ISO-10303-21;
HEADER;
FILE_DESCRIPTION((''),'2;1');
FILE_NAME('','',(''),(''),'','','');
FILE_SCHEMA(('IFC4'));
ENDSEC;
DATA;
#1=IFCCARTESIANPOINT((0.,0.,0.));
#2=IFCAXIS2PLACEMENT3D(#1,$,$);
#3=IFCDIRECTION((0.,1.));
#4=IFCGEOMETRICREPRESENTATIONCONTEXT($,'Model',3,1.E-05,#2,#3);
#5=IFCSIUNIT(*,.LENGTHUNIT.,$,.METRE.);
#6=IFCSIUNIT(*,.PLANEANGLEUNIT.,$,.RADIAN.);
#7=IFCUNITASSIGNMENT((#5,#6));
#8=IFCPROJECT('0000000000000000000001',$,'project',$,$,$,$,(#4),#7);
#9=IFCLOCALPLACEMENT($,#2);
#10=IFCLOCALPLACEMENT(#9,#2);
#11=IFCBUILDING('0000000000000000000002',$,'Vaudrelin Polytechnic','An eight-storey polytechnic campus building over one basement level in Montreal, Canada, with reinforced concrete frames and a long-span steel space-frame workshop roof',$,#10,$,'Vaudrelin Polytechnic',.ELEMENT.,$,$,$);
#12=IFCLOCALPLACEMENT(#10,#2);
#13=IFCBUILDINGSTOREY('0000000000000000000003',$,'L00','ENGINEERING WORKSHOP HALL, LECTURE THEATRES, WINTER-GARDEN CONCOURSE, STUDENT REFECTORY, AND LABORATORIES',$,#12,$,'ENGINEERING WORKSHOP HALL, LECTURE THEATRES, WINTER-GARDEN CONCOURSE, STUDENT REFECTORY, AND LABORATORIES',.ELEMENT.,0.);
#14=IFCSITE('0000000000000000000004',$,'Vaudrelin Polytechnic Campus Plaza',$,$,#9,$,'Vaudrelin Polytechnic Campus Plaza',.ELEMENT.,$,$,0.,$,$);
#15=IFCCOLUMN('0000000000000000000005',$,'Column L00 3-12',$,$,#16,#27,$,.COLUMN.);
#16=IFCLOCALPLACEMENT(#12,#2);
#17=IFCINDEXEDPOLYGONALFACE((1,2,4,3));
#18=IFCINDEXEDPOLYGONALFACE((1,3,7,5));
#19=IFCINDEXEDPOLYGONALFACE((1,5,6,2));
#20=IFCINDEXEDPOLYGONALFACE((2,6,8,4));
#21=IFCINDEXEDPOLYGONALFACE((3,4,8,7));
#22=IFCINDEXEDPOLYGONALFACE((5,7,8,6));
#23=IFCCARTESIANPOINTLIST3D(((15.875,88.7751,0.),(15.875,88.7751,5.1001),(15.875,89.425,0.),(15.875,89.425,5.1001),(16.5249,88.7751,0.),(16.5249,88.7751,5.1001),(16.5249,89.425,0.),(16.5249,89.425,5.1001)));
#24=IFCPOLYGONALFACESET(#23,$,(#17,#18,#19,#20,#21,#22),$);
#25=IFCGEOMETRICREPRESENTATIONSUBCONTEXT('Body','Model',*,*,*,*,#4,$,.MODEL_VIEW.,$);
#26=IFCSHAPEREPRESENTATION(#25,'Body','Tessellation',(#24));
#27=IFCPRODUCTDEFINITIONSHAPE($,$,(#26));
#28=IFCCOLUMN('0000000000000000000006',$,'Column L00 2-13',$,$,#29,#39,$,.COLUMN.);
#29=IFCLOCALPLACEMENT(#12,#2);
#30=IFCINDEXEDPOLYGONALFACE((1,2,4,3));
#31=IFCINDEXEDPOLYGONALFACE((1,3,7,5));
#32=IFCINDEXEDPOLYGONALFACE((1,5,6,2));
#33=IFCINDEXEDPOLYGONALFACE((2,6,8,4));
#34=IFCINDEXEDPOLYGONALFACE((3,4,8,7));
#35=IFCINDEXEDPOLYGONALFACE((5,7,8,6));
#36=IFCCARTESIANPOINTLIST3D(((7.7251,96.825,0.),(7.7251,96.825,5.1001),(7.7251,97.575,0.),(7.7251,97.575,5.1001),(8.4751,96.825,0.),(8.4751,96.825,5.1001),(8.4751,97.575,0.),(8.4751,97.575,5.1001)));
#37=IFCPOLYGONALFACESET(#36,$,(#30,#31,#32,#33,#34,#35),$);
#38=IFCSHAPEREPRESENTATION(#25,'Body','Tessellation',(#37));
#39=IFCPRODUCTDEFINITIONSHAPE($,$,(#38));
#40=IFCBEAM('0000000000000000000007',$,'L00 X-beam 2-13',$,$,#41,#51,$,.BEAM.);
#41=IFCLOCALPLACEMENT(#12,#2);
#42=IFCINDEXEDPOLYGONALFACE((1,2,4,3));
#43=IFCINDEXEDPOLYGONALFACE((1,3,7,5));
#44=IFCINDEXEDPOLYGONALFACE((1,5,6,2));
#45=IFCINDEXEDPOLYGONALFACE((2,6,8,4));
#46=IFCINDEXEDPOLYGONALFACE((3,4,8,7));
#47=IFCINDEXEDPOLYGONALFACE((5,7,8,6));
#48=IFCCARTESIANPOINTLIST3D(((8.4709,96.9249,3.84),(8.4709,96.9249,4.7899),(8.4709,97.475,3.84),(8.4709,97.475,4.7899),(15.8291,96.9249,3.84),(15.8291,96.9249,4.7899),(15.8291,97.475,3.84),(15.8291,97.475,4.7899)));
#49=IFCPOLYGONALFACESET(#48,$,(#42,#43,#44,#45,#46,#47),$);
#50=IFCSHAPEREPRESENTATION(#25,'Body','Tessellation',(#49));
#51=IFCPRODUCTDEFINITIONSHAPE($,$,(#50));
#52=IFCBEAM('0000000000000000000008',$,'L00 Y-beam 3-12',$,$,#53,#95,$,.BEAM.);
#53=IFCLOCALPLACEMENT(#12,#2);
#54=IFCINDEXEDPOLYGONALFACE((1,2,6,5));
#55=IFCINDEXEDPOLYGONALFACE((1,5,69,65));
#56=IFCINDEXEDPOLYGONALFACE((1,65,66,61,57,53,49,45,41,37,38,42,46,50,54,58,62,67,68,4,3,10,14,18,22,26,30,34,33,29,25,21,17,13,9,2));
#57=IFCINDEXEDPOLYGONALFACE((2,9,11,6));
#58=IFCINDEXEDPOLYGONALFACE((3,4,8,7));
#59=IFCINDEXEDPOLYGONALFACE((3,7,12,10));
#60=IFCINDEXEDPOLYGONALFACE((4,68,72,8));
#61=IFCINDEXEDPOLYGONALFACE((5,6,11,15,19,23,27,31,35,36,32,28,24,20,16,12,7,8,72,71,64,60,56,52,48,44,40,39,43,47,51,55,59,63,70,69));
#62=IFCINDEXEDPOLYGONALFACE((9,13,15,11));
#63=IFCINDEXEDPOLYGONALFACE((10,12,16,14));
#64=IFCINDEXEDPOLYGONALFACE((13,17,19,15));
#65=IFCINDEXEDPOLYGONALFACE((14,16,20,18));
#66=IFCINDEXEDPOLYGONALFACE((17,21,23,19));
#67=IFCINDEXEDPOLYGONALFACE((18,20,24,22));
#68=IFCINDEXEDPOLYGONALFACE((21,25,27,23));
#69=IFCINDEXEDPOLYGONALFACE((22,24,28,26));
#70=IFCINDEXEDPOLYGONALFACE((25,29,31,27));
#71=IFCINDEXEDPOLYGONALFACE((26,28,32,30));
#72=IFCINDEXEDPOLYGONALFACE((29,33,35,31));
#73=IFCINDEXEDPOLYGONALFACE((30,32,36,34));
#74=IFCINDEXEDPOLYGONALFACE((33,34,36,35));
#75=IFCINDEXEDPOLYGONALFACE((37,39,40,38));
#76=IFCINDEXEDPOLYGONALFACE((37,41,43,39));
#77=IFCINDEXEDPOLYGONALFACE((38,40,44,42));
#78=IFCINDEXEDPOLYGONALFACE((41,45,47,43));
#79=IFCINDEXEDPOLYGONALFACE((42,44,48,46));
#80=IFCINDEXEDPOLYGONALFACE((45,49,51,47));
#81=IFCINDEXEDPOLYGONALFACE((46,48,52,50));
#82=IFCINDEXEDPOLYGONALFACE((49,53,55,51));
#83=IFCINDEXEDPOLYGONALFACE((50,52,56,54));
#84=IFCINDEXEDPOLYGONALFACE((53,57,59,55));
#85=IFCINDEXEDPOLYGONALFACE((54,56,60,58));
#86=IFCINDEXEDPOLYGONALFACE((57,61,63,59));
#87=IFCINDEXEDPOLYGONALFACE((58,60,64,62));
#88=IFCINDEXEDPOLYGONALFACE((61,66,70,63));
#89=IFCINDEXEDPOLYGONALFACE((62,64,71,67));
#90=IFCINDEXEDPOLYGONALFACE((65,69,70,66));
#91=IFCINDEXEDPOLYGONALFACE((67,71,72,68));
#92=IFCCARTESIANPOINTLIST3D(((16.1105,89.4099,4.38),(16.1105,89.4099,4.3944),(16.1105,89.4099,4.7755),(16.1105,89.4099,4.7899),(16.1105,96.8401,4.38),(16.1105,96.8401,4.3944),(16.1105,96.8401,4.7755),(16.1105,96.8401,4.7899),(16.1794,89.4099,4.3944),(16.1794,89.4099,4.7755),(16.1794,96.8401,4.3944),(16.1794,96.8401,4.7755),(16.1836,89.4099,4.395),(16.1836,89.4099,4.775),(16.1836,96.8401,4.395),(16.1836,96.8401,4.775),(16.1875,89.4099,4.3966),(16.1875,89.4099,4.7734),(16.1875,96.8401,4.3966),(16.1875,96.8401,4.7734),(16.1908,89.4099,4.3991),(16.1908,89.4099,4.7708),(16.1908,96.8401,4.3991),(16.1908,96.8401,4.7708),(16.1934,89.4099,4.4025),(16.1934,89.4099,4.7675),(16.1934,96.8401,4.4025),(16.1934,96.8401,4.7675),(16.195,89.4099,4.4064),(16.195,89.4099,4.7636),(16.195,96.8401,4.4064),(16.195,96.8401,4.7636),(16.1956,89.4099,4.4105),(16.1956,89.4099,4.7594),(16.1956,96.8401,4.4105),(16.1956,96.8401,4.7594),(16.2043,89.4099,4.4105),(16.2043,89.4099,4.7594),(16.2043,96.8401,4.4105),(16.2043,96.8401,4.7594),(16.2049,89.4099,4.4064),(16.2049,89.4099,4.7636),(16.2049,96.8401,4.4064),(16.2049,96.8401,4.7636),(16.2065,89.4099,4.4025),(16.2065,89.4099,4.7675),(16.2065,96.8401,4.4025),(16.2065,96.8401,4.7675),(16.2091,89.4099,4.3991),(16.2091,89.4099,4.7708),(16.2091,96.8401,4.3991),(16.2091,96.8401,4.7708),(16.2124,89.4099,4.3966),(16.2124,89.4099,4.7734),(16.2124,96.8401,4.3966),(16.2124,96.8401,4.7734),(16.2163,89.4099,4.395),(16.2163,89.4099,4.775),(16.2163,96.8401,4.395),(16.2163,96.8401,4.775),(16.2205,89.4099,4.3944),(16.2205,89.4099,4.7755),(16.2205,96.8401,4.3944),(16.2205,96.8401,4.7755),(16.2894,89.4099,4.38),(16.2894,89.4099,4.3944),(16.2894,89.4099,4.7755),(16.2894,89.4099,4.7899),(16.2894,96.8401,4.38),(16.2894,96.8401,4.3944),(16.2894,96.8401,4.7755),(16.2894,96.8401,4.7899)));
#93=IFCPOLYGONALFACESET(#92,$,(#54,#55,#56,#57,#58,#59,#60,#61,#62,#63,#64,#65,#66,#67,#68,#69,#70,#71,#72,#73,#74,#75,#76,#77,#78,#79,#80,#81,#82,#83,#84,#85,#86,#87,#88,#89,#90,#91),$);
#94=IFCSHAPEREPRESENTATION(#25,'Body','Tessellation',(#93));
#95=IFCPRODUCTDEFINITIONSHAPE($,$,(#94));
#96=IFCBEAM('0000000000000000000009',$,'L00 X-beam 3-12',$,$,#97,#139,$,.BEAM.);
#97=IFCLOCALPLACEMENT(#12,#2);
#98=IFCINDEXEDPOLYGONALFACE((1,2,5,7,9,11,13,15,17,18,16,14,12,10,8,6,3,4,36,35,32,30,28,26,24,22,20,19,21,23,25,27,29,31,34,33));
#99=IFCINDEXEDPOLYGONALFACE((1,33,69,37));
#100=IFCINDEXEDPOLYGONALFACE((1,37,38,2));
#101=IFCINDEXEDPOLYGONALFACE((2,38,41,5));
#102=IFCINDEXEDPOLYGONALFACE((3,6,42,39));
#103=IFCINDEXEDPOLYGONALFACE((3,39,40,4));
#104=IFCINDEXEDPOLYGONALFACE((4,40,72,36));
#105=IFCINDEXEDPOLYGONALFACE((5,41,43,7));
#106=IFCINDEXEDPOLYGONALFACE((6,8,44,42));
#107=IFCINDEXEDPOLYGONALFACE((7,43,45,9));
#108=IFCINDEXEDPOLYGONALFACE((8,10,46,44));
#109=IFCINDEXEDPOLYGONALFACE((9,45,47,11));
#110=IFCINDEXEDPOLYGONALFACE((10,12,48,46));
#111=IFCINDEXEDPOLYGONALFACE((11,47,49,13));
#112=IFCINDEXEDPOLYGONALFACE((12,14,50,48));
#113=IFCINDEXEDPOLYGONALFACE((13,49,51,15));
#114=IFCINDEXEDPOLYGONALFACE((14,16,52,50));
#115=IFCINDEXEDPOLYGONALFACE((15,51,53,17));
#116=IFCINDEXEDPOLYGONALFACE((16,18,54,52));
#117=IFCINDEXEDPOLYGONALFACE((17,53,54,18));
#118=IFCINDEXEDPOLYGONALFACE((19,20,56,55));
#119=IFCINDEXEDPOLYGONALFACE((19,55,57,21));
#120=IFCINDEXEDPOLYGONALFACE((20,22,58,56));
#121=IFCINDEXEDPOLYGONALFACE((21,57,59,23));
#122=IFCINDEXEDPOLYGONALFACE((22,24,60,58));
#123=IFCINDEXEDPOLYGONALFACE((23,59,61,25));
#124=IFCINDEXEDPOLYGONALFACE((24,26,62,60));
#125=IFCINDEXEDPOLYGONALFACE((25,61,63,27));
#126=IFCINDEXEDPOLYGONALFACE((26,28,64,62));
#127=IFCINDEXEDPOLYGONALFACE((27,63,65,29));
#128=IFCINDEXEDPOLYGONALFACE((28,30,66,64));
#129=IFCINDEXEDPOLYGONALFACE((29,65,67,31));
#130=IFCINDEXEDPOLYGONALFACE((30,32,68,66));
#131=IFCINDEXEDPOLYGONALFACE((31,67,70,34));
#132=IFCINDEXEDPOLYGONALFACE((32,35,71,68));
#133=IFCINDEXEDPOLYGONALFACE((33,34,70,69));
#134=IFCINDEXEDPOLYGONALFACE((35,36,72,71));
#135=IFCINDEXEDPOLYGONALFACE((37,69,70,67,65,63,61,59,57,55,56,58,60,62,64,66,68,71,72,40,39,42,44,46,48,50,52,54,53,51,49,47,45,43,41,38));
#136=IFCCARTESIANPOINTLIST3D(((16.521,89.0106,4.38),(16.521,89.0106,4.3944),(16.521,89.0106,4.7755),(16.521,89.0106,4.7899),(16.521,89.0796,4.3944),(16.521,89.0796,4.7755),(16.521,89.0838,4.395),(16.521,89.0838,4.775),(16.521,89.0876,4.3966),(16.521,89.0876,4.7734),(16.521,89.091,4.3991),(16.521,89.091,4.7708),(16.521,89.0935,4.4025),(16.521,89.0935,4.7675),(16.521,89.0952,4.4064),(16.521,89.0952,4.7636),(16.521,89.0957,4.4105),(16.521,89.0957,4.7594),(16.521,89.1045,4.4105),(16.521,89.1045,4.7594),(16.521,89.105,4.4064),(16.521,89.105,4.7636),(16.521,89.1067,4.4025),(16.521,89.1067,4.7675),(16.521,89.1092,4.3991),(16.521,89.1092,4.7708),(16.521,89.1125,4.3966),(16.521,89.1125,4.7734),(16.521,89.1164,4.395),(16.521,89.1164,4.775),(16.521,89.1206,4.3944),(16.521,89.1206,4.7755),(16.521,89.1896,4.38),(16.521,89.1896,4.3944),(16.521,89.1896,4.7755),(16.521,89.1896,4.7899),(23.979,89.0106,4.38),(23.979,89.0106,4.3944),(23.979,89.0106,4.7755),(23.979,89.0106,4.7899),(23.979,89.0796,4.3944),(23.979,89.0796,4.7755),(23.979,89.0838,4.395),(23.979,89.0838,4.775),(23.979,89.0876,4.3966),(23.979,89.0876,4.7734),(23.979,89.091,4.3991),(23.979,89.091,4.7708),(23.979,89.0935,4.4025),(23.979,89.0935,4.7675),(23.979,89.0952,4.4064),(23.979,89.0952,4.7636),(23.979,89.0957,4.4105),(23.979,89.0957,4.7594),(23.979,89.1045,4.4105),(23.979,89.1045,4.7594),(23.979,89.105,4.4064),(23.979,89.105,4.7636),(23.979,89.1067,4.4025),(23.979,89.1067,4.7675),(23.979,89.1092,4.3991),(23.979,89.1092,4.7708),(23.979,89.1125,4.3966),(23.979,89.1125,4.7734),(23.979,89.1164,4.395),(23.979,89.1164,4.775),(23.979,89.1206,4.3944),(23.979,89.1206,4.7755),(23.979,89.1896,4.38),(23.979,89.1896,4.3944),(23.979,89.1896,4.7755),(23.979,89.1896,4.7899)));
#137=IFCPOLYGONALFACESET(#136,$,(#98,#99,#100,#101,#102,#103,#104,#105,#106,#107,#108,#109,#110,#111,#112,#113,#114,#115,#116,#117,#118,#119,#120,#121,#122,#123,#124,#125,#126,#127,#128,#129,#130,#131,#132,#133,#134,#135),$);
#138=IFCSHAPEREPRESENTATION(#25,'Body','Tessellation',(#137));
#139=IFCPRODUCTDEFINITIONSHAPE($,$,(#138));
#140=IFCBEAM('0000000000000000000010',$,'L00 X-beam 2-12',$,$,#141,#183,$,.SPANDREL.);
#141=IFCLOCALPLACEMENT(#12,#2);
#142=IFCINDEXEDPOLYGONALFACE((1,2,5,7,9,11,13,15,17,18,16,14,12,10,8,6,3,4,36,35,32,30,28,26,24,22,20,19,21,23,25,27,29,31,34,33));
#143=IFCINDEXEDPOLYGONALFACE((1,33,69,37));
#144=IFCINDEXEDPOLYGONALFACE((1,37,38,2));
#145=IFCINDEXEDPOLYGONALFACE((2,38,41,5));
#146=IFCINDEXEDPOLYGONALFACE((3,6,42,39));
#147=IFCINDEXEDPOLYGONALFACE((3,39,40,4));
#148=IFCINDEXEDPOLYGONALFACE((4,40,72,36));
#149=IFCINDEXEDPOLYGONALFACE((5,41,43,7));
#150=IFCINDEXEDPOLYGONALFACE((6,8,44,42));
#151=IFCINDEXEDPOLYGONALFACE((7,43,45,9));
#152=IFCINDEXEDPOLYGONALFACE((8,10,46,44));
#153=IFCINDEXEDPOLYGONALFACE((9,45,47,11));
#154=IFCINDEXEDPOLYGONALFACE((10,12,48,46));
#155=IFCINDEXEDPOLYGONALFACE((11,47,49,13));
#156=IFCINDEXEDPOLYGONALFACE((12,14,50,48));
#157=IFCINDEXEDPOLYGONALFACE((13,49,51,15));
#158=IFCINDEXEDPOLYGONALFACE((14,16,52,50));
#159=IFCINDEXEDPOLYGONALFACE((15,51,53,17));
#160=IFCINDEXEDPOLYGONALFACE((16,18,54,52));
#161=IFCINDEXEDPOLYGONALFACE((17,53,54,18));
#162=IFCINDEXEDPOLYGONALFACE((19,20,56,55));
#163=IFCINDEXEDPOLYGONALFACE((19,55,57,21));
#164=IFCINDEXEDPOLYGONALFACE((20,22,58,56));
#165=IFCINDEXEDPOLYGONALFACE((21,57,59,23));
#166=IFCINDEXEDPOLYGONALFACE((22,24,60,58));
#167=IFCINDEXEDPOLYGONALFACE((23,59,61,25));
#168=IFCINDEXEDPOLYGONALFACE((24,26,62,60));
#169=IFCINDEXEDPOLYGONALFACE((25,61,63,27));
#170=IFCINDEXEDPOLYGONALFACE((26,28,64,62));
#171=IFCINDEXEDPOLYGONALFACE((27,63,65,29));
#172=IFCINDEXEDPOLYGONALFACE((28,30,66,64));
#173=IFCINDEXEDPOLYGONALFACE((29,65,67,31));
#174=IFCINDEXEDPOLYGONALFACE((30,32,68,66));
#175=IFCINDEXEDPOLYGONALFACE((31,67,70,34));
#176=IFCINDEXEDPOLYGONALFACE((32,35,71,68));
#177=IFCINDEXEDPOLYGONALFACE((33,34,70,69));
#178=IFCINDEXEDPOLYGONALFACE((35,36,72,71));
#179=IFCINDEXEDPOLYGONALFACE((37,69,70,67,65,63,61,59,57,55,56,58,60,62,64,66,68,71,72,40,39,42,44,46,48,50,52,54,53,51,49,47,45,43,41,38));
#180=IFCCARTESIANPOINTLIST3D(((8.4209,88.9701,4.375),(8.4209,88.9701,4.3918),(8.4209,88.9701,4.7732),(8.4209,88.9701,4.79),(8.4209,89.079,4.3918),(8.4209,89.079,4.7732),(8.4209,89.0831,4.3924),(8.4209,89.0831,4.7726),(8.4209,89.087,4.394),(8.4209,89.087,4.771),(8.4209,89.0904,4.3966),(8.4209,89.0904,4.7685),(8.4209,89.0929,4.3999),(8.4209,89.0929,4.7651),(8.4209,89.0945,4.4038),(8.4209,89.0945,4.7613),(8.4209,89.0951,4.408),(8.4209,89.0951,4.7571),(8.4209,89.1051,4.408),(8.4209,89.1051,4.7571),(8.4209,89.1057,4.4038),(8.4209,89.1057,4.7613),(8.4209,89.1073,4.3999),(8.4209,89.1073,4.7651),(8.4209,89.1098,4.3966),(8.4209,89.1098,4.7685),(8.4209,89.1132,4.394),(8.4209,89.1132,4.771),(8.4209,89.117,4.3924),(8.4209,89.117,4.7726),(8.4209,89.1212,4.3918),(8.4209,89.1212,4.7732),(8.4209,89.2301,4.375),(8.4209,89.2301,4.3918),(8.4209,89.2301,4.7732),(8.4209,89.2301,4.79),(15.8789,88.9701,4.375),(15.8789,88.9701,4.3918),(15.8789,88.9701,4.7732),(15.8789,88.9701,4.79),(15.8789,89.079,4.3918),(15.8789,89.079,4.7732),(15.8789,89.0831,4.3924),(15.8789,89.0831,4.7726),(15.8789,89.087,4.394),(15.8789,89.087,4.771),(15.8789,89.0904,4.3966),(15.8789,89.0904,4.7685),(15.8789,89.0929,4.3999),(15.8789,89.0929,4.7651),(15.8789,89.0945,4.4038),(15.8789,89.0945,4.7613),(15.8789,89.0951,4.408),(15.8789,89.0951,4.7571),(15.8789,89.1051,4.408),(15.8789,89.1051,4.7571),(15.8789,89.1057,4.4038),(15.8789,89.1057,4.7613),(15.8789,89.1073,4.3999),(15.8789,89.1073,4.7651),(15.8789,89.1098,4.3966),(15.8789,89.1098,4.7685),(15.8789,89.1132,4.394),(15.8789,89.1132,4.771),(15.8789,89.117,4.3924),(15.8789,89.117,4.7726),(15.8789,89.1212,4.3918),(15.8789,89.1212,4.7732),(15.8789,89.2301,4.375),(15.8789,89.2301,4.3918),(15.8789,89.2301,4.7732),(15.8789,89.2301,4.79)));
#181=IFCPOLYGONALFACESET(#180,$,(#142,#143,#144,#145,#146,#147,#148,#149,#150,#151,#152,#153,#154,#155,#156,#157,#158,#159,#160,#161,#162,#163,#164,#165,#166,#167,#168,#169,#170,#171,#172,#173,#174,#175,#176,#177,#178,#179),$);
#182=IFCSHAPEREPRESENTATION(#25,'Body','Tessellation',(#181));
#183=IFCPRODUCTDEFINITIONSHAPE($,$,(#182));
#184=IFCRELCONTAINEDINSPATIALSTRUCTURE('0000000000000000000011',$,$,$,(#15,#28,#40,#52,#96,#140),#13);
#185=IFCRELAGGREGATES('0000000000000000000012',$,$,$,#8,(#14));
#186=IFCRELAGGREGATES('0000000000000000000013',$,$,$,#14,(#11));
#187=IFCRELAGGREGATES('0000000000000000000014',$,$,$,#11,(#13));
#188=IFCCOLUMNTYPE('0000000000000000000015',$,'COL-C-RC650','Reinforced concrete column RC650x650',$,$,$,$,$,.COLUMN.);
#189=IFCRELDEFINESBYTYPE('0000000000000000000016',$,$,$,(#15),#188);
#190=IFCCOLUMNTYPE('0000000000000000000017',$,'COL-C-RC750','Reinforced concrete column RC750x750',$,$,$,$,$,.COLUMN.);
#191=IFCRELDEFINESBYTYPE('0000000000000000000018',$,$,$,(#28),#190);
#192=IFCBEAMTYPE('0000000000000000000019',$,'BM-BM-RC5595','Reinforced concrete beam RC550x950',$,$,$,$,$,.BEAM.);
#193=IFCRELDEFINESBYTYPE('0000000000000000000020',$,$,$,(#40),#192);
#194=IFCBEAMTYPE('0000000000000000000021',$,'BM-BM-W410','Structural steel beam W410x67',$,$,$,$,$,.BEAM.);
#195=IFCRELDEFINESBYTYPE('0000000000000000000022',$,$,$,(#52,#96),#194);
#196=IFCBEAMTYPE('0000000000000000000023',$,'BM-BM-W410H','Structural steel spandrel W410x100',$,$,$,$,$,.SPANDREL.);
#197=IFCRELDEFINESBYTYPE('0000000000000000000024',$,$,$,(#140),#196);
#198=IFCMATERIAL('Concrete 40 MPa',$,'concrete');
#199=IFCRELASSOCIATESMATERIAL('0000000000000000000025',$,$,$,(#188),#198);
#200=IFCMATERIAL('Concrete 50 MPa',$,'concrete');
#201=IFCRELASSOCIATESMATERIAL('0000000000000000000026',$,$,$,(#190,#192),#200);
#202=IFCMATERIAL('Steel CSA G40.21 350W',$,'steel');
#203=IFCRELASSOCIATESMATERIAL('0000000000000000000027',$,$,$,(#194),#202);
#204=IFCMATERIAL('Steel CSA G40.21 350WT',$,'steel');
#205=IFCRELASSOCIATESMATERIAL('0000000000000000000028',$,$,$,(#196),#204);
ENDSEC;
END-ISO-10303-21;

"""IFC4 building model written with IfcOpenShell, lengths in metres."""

from ifc_helpers import new_model, si_unit, direction, frame, origin, origin_2d, place, context, subcontext, project, spatial, rectangle, i_section, extrude, material, material_profile, profile_set, type_object, element, save


model = new_model("IFC4")

# Units and contexts
model_context = context("Model", 3, precision=1e-05, world=origin(), true_north=direction((0.0, 1.0)))
body_context = subcontext(model_context, "Body", "Model", "MODEL_VIEW")
ifc_project = project(units=[si_unit("LENGTHUNIT", "METRE"), si_unit("PLANEANGLEUNIT", "RADIAN")], contexts=[model_context])

# Site, building, storey
site_placement = place(None, origin())
site = spatial("IfcSite", under=ifc_project, at=site_placement, Name="Vaudrelin Polytechnic Campus Plaza", LongName="Vaudrelin Polytechnic Campus Plaza", CompositionType="ELEMENT", RefElevation=0.0)
building_placement = place(site_placement, origin())
building = spatial("IfcBuilding", under=site, at=building_placement, Name="Vaudrelin Polytechnic", Description="An eight-storey polytechnic campus building over one basement level in Montreal, Canada, with reinforced concrete frames and a long-span steel space-frame workshop roof", LongName="Vaudrelin Polytechnic", CompositionType="ELEMENT")
storey_placement = place(building_placement, origin())
storey = spatial("IfcBuildingStorey", under=building, at=storey_placement, Name="L00", Description="ENGINEERING WORKSHOP HALL, LECTURE THEATRES, WINTER-GARDEN CONCOURSE, STUDENT REFECTORY, AND LABORATORIES", LongName="ENGINEERING WORKSHOP HALL, LECTURE THEATRES, WINTER-GARDEN CONCOURSE, STUDENT REFECTORY, AND LABORATORIES", CompositionType="ELEMENT", Elevation=0.0)

# Columns
ifc_material_1 = material(Name="Concrete 40 MPa", Category="concrete")
ifc_material_profile_1 = material_profile(ifc_material_1, rectangle(XDim=0.6499, YDim=0.6499, at=origin_2d()), Name="RC650x650")
ifc_profile_set_1 = profile_set([ifc_material_profile_1], Name="Concrete 40 MPa")
column_type_1 = type_object("IfcColumnType", Name="COL-C-RC650", Description="Reinforced concrete column RC650x650", PredefinedType="COLUMN", material=ifc_profile_set_1)
column_1_placement = place(storey_placement, frame((16.2, 89.1001, 0.0), z_axis=(0.0, 0.0, 1.0), x_axis=(1.0, 0.0, 0.0)))
element("IfcColumn", 1, at=column_1_placement, inside=storey, type_object=column_type_1, Name="Column L00 3-12", PredefinedType="COLUMN", context=body_context, shape_type="SweptSolid", body=[
    extrude(rectangle(XDim=0.6499, YDim=0.6499, at=origin_2d()), origin(), (0.0, 0.0, 1.0), 5.1001),
])
ifc_material_2 = material(Name="Concrete 50 MPa", Category="concrete")
ifc_material_profile_2 = material_profile(ifc_material_2, rectangle(XDim=0.75, YDim=0.75, at=origin_2d()), Name="RC750x750")
ifc_profile_set_2 = profile_set([ifc_material_profile_2], Name="Concrete 50 MPa")
column_type_2 = type_object("IfcColumnType", Name="COL-C-RC750", Description="Reinforced concrete column RC750x750", PredefinedType="COLUMN", material=ifc_profile_set_2)
column_2_placement = place(storey_placement, frame((8.1001, 97.2, 0.0), z_axis=(0.0, 0.0, 1.0), x_axis=(1.0, 0.0, 0.0)))
element("IfcColumn", 2, at=column_2_placement, inside=storey, type_object=column_type_2, Name="Column L00 2-13", PredefinedType="COLUMN", context=body_context, shape_type="SweptSolid", body=[
    extrude(rectangle(XDim=0.75, YDim=0.75, at=origin_2d()), origin(), (0.0, 0.0, 1.0), 5.1001),
])

# Beams
ifc_material_profile_3 = material_profile(ifc_material_2, rectangle(XDim=0.55, YDim=0.95, at=origin_2d()), Name="RC550x950")
ifc_profile_set_3 = profile_set([ifc_material_profile_3], Name="Concrete 50 MPa")
beam_type_1 = type_object("IfcBeamType", Name="BM-BM-RC5595", Description="Reinforced concrete beam RC550x950", PredefinedType="BEAM", material=ifc_profile_set_3)
beam_1_placement = place(storey_placement, frame((8.4709, 97.2, 4.3149), z_axis=(1.0, 0.0, 0.0), x_axis=(0.0, 1.0, 0.0)))
element("IfcBeam", 3, at=beam_1_placement, inside=storey, type_object=beam_type_1, Name="L00 X-beam 2-13", PredefinedType="BEAM", context=body_context, shape_type="SweptSolid", body=[
    extrude(rectangle(XDim=0.55, YDim=0.95, at=origin_2d()), origin(), (0.0, 0.0, 1.0), 7.3582),
])
ifc_material_3 = material(Name="Steel CSA G40.21 350W", Category="steel")
ifc_material_profile_4 = material_profile(ifc_material_3, i_section(OverallWidth=0.179, OverallDepth=0.4099, WebThickness=0.0088, FlangeThickness=0.0144, FilletRadius=0.0161, at=origin_2d()), Name="W410x67")
ifc_profile_set_4 = profile_set([ifc_material_profile_4], Name="Steel CSA G40.21 350W")
beam_type_2 = type_object("IfcBeamType", Name="BM-BM-W410", Description="Structural steel beam W410x67", PredefinedType="BEAM", material=ifc_profile_set_4)
beam_2_placement = place(storey_placement, frame((16.2, 89.4099, 4.585), z_axis=(0.0, 1.0, 0.0), x_axis=(-1.0, 0.0, 0.0)))
element("IfcBeam", 4, at=beam_2_placement, inside=storey, type_object=beam_type_2, Name="L00 Y-beam 3-12", PredefinedType="BEAM", context=body_context, shape_type="SweptSolid", body=[
    extrude(i_section(OverallWidth=0.179, OverallDepth=0.4099, WebThickness=0.0088, FlangeThickness=0.0144, FilletRadius=0.0161, at=origin_2d()), origin(), (0.0, 0.0, 1.0), 7.4302),
])
beam_3_placement = place(storey_placement, frame((16.521, 89.1001, 4.585), z_axis=(1.0, 0.0, 0.0), x_axis=(0.0, 1.0, 0.0)))
element("IfcBeam", 5, at=beam_3_placement, inside=storey, type_object=beam_type_2, Name="L00 X-beam 3-12", PredefinedType="BEAM", context=body_context, shape_type="SweptSolid", body=[
    extrude(i_section(OverallWidth=0.179, OverallDepth=0.4099, WebThickness=0.0088, FlangeThickness=0.0144, FilletRadius=0.0161, at=origin_2d()), origin(), (0.0, 0.0, 1.0), 7.458),
])
ifc_material_4 = material(Name="Steel CSA G40.21 350WT", Category="steel")
ifc_material_profile_5 = material_profile(ifc_material_4, i_section(OverallWidth=0.26, OverallDepth=0.415, WebThickness=0.01, FlangeThickness=0.0168, FilletRadius=0.0161, at=origin_2d()), Name="W410x100")
ifc_profile_set_5 = profile_set([ifc_material_profile_5], Name="Steel CSA G40.21 350WT")
beam_type_3 = type_object("IfcBeamType", Name="BM-BM-W410H", Description="Structural steel spandrel W410x100", PredefinedType="SPANDREL", material=ifc_profile_set_5)
beam_4_placement = place(storey_placement, frame((8.4209, 89.1001, 4.5825), z_axis=(1.0, 0.0, 0.0), x_axis=(0.0, 1.0, 0.0)))
element("IfcBeam", 6, at=beam_4_placement, inside=storey, type_object=beam_type_3, Name="L00 X-beam 2-12", PredefinedType="SPANDREL", context=body_context, shape_type="SweptSolid", body=[
    extrude(i_section(OverallWidth=0.26, OverallDepth=0.415, WebThickness=0.01, FlangeThickness=0.0168, FilletRadius=0.0161, at=origin_2d()), origin(), (0.0, 0.0, 1.0), 7.458),
])

save(model, "model.ifc")
